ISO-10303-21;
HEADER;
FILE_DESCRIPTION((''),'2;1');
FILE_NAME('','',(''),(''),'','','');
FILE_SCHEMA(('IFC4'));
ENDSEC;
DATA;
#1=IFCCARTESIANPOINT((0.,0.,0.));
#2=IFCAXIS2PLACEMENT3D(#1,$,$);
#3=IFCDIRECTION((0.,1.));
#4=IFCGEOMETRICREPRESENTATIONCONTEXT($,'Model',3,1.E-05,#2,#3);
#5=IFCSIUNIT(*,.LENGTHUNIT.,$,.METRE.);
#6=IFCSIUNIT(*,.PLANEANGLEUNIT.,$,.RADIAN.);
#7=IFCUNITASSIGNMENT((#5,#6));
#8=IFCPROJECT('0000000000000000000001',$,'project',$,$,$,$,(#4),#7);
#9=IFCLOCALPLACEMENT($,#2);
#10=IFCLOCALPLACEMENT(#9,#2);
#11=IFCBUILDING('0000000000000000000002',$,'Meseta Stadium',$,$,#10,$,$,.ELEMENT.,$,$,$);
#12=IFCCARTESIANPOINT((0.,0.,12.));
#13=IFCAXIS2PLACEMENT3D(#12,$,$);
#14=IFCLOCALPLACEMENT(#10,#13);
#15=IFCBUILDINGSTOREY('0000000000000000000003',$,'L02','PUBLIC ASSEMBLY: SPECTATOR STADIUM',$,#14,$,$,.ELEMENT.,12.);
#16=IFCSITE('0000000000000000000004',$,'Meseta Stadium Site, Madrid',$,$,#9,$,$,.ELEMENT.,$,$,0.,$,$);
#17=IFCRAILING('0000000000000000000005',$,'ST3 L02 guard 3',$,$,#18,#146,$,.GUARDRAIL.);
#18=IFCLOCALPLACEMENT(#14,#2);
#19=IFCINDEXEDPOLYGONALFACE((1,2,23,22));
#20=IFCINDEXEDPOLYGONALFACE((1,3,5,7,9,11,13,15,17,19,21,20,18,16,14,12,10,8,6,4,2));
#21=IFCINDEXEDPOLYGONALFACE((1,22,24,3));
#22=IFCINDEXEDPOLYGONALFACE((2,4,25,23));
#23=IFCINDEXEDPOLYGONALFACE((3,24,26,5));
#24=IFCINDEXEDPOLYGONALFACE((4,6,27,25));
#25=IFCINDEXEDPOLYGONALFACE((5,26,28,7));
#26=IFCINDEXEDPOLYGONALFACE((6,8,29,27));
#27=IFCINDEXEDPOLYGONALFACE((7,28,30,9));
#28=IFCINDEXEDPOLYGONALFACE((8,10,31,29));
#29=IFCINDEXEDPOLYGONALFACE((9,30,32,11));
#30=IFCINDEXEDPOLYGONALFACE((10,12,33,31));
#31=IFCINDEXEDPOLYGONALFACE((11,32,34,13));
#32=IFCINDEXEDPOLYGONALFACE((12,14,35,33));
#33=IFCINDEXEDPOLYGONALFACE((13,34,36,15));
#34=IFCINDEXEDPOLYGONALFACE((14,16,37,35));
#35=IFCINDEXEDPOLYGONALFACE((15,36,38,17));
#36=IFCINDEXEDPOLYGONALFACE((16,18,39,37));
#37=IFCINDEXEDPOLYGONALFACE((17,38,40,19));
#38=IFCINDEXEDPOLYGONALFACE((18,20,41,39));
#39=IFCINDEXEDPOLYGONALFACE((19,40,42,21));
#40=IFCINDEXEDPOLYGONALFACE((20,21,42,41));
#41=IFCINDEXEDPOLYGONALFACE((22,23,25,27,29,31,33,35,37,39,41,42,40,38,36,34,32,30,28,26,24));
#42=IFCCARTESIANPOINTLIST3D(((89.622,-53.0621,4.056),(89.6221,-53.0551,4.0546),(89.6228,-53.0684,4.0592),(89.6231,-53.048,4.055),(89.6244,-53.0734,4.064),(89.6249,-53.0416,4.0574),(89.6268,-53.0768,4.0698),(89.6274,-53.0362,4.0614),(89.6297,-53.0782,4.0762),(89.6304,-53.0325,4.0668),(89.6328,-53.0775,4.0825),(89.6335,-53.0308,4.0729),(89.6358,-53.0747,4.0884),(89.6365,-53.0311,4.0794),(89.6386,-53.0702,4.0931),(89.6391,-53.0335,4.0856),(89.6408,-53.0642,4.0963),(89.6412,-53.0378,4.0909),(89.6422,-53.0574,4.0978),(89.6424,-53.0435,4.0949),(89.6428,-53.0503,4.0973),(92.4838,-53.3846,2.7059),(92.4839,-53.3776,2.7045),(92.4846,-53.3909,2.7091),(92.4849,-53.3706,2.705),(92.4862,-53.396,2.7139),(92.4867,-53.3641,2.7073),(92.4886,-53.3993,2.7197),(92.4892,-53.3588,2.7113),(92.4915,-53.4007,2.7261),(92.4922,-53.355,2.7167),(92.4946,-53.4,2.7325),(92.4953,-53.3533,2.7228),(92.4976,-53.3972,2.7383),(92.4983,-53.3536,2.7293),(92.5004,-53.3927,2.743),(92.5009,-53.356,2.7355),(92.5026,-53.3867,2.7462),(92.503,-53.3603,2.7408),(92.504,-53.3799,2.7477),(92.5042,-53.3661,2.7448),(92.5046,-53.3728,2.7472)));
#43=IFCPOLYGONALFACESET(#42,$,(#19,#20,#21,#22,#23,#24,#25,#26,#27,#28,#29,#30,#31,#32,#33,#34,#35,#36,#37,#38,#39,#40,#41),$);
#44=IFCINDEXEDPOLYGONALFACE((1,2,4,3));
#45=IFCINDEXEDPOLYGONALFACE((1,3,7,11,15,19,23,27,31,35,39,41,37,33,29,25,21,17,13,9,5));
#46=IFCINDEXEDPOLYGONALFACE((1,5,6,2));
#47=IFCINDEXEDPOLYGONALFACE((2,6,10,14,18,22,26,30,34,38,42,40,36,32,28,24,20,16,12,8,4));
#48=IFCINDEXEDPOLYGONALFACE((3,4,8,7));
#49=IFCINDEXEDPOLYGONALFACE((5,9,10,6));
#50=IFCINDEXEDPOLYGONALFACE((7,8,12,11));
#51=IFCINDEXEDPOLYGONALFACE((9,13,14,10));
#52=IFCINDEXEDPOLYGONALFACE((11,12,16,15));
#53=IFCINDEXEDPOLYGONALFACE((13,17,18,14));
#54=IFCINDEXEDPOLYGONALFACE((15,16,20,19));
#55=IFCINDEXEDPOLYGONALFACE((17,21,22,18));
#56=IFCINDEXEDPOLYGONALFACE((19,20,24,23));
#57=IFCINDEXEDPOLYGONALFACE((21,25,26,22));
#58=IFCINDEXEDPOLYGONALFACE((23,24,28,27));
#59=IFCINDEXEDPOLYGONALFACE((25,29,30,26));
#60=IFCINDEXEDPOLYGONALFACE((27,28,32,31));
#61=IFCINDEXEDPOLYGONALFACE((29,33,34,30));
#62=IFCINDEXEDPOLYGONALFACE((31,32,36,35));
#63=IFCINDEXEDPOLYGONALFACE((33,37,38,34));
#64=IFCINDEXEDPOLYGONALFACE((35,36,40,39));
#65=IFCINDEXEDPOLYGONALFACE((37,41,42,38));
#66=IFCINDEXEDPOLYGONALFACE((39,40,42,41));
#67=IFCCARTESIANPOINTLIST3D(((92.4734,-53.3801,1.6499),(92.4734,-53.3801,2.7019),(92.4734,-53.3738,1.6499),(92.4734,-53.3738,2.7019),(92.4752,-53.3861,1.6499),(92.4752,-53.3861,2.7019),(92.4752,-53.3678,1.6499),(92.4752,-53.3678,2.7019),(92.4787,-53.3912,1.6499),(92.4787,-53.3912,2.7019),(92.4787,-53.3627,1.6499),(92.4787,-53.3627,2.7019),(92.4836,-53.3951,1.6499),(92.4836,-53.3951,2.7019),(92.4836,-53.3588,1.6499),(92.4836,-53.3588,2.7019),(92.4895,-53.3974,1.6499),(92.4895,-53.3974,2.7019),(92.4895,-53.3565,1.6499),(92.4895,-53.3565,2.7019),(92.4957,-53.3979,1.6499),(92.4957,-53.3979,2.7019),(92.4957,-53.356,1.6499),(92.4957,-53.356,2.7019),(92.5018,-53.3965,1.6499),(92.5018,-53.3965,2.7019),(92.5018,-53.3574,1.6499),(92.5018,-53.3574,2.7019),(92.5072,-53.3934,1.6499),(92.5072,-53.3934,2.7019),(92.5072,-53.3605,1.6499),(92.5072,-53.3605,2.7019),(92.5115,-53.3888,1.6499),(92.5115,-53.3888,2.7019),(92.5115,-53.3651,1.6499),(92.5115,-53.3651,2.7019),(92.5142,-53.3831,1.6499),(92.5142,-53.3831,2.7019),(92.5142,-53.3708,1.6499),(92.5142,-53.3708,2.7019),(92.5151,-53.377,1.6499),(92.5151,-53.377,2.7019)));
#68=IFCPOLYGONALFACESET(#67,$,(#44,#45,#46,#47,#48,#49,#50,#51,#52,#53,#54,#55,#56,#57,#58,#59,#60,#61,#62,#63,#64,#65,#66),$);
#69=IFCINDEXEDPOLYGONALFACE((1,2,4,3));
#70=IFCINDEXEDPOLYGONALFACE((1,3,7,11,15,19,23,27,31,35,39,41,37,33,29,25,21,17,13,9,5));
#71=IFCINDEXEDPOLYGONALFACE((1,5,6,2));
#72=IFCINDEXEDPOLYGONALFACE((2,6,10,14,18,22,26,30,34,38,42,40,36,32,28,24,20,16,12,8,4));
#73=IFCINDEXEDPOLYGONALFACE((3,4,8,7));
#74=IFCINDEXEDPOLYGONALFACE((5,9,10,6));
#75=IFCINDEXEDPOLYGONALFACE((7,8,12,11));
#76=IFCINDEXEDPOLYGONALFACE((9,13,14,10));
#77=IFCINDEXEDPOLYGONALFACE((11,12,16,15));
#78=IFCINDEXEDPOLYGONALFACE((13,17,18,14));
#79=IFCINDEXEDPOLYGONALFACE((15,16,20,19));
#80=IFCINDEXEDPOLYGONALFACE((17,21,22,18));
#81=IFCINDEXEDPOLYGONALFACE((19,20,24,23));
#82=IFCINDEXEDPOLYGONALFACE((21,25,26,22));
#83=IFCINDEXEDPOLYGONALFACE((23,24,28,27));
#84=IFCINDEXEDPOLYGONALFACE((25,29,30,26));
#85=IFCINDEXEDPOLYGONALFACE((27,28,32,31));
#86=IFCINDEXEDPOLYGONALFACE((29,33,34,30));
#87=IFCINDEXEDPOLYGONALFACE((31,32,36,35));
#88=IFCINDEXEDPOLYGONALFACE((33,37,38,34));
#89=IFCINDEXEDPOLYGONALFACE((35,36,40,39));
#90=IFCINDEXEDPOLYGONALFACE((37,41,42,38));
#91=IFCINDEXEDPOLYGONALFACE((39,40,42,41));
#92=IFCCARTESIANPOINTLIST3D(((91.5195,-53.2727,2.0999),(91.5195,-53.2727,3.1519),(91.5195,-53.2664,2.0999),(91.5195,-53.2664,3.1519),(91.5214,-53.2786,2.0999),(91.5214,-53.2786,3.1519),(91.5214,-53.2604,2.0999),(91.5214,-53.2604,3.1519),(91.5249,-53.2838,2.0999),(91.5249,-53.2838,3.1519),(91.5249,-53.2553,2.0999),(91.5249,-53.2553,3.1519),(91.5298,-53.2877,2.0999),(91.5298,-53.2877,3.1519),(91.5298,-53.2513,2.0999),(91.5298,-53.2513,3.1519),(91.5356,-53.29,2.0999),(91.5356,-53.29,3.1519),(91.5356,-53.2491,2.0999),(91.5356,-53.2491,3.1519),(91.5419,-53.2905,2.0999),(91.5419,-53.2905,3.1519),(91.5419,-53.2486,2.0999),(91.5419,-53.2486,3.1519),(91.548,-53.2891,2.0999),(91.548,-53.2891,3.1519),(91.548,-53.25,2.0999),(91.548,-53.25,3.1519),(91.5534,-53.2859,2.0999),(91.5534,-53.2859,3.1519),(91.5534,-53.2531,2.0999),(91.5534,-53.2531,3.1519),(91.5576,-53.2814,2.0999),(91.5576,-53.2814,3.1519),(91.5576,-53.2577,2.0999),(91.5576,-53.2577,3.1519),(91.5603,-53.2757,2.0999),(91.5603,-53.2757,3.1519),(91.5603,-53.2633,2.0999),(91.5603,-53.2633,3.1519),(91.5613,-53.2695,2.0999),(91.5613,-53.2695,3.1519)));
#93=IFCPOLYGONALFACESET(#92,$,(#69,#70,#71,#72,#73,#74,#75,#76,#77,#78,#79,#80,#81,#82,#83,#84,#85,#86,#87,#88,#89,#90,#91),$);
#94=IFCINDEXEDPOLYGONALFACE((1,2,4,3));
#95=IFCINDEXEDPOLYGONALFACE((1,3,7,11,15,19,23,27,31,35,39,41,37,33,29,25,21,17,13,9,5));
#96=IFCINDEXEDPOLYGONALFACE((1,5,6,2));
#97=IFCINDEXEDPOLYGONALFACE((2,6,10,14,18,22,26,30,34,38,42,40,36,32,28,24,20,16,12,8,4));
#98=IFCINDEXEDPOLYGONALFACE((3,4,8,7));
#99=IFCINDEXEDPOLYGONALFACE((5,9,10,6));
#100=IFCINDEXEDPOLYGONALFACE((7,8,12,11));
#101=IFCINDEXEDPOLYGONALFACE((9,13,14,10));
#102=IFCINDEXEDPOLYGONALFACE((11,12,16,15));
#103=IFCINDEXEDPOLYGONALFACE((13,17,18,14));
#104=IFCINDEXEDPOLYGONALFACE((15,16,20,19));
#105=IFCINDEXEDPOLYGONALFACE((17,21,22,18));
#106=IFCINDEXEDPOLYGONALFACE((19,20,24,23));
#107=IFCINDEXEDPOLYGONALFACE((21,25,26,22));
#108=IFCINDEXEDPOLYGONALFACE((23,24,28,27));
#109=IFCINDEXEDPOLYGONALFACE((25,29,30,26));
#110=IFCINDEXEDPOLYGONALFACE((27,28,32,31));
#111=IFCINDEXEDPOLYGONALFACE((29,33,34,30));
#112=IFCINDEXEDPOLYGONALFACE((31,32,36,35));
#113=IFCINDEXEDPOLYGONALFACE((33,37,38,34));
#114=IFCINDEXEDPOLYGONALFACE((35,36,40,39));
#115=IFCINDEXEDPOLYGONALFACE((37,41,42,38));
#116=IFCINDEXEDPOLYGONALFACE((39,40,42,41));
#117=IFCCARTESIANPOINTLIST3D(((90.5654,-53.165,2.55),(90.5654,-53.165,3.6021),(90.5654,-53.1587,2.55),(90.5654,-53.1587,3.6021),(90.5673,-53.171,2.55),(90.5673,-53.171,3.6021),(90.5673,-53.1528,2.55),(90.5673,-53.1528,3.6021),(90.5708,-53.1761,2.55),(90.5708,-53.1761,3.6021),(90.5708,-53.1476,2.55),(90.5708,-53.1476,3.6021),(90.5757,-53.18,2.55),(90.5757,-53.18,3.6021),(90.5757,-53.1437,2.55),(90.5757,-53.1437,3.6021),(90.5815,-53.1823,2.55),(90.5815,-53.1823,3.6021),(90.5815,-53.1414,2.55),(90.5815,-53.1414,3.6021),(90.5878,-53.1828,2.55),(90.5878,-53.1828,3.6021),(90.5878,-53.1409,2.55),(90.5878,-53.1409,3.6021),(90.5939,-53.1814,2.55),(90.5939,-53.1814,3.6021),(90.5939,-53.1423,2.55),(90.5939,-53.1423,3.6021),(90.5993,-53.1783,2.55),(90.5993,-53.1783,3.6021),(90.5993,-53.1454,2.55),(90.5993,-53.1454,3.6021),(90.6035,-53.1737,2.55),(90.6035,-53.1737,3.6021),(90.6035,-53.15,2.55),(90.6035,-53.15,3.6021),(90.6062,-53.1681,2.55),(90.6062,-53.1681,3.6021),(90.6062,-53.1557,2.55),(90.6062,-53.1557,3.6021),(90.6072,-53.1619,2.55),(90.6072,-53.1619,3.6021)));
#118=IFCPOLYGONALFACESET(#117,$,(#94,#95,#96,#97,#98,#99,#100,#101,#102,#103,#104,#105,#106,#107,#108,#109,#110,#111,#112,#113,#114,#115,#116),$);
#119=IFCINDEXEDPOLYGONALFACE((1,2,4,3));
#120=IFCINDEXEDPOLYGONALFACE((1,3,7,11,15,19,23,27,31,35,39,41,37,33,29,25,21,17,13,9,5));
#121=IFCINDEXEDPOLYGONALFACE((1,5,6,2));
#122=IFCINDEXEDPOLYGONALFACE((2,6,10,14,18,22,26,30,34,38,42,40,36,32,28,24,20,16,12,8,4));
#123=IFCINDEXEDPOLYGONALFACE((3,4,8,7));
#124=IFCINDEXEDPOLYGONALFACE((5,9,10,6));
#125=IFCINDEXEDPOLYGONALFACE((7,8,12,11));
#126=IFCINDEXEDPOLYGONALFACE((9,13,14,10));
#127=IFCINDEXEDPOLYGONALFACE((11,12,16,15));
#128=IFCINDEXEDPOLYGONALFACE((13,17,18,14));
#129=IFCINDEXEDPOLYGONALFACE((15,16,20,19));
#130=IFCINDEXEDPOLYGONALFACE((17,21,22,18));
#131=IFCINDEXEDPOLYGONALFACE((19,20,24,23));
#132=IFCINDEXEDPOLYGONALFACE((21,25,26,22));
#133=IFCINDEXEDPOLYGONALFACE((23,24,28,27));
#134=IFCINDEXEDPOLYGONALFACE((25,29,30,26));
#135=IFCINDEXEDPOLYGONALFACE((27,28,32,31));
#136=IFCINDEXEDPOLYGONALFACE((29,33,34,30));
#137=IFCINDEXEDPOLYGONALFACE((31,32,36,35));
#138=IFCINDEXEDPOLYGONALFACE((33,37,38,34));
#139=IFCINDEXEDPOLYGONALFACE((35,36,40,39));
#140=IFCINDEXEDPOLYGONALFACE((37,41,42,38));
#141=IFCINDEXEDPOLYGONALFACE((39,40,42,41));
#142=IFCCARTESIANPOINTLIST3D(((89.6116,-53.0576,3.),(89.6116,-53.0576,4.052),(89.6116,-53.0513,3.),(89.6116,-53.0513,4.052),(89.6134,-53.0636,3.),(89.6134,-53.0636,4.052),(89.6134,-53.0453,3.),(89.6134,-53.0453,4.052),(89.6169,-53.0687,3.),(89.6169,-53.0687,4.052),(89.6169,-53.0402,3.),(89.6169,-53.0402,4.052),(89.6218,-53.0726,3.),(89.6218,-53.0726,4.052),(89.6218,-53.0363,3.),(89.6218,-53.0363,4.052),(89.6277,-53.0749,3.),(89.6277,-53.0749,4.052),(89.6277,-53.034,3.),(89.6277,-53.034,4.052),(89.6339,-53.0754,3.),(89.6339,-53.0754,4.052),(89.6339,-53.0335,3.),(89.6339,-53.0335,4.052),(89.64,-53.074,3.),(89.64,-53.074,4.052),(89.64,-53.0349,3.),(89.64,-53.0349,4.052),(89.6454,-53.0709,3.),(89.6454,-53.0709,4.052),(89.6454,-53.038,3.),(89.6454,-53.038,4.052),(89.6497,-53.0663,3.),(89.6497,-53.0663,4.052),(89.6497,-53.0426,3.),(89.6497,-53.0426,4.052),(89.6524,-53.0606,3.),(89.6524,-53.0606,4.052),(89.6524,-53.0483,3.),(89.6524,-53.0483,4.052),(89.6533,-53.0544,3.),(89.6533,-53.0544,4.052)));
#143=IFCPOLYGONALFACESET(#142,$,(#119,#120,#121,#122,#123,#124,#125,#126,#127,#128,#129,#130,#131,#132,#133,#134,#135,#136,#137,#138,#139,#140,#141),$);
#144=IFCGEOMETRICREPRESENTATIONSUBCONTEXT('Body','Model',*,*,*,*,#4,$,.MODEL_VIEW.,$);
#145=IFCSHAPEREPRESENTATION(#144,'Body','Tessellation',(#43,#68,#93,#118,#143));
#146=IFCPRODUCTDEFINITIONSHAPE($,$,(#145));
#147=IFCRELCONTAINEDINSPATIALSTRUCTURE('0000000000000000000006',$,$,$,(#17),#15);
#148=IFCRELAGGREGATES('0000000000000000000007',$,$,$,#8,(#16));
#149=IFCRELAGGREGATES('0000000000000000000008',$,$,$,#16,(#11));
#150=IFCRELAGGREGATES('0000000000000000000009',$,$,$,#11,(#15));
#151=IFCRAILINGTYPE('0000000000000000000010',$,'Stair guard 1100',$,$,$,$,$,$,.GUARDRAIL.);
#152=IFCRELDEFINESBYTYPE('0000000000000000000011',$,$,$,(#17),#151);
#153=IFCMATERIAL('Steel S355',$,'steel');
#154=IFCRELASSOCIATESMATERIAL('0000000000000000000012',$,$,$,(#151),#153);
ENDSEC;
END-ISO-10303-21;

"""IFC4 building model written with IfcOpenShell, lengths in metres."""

from ifc_helpers import new_model, si_unit, direction, frame, origin, origin_2d, place, context, subcontext, project, spatial, circle, extrude, material, type_object, element, save


model = new_model("IFC4")

# Units and contexts
model_context = context("Model", 3, precision=1e-05, world=origin(), true_north=direction((0.0, 1.0)))
body_context = subcontext(model_context, "Body", "Model", "MODEL_VIEW")
ifc_project = project(units=[si_unit("LENGTHUNIT", "METRE"), si_unit("PLANEANGLEUNIT", "RADIAN")], contexts=[model_context])

# Site, building, storey
site_placement = place(None, origin())
site = spatial("IfcSite", under=ifc_project, at=site_placement, Name="Meseta Stadium Site, Madrid", CompositionType="ELEMENT", RefElevation=0.0)
building_placement = place(site_placement, origin())
building = spatial("IfcBuilding", under=site, at=building_placement, Name="Meseta Stadium", CompositionType="ELEMENT")
storey_placement = place(building_placement, frame((0.0, 0.0, 12.0)))
storey = spatial("IfcBuildingStorey", under=building, at=storey_placement, Name="L02", Description="PUBLIC ASSEMBLY: SPECTATOR STADIUM", CompositionType="ELEMENT", Elevation=12.0)

# Railing
ifc_material_1 = material(Name="Steel S355", Category="steel")
railing_type_1 = type_object("IfcRailingType", Name="Stair guard 1100", PredefinedType="GUARDRAIL", material=ifc_material_1)
railing_1_placement = place(storey_placement, frame((92.4941, -53.377, 1.6499)))
element("IfcRailing", 1, at=railing_1_placement, inside=storey, type_object=railing_type_1, Name="ST3 L02 guard 3", PredefinedType="GUARDRAIL", context=body_context, shape_type="SweptSolid", body=[
    extrude(circle(Radius=0.0239, at=origin_2d()), frame((0.0, 0.0, 1.0762), z_axis=(-0.899748, 0.101396, 0.424467), x_axis=(-0.111985, -0.99371, 0.0)), (0.0, 0.0, 1.0), 3.1807),
    extrude(circle(Radius=0.021, at=origin_2d()), origin(), (0.0, 0.0, 1.0), 1.052),
    extrude(circle(Radius=0.021, at=origin_2d()), frame((-0.9539, 0.1074, 0.45)), (0.0, 0.0, 1.0), 1.052),
    extrude(circle(Radius=0.021, at=origin_2d()), frame((-1.908, 0.2151, 0.9001)), (0.0, 0.0, 1.0), 1.052),
    extrude(circle(Radius=0.021, at=origin_2d()), frame((-2.8618, 0.3225, 1.3501)), (0.0, 0.0, 1.0), 1.052),
])

save(model, "model.ifc")
